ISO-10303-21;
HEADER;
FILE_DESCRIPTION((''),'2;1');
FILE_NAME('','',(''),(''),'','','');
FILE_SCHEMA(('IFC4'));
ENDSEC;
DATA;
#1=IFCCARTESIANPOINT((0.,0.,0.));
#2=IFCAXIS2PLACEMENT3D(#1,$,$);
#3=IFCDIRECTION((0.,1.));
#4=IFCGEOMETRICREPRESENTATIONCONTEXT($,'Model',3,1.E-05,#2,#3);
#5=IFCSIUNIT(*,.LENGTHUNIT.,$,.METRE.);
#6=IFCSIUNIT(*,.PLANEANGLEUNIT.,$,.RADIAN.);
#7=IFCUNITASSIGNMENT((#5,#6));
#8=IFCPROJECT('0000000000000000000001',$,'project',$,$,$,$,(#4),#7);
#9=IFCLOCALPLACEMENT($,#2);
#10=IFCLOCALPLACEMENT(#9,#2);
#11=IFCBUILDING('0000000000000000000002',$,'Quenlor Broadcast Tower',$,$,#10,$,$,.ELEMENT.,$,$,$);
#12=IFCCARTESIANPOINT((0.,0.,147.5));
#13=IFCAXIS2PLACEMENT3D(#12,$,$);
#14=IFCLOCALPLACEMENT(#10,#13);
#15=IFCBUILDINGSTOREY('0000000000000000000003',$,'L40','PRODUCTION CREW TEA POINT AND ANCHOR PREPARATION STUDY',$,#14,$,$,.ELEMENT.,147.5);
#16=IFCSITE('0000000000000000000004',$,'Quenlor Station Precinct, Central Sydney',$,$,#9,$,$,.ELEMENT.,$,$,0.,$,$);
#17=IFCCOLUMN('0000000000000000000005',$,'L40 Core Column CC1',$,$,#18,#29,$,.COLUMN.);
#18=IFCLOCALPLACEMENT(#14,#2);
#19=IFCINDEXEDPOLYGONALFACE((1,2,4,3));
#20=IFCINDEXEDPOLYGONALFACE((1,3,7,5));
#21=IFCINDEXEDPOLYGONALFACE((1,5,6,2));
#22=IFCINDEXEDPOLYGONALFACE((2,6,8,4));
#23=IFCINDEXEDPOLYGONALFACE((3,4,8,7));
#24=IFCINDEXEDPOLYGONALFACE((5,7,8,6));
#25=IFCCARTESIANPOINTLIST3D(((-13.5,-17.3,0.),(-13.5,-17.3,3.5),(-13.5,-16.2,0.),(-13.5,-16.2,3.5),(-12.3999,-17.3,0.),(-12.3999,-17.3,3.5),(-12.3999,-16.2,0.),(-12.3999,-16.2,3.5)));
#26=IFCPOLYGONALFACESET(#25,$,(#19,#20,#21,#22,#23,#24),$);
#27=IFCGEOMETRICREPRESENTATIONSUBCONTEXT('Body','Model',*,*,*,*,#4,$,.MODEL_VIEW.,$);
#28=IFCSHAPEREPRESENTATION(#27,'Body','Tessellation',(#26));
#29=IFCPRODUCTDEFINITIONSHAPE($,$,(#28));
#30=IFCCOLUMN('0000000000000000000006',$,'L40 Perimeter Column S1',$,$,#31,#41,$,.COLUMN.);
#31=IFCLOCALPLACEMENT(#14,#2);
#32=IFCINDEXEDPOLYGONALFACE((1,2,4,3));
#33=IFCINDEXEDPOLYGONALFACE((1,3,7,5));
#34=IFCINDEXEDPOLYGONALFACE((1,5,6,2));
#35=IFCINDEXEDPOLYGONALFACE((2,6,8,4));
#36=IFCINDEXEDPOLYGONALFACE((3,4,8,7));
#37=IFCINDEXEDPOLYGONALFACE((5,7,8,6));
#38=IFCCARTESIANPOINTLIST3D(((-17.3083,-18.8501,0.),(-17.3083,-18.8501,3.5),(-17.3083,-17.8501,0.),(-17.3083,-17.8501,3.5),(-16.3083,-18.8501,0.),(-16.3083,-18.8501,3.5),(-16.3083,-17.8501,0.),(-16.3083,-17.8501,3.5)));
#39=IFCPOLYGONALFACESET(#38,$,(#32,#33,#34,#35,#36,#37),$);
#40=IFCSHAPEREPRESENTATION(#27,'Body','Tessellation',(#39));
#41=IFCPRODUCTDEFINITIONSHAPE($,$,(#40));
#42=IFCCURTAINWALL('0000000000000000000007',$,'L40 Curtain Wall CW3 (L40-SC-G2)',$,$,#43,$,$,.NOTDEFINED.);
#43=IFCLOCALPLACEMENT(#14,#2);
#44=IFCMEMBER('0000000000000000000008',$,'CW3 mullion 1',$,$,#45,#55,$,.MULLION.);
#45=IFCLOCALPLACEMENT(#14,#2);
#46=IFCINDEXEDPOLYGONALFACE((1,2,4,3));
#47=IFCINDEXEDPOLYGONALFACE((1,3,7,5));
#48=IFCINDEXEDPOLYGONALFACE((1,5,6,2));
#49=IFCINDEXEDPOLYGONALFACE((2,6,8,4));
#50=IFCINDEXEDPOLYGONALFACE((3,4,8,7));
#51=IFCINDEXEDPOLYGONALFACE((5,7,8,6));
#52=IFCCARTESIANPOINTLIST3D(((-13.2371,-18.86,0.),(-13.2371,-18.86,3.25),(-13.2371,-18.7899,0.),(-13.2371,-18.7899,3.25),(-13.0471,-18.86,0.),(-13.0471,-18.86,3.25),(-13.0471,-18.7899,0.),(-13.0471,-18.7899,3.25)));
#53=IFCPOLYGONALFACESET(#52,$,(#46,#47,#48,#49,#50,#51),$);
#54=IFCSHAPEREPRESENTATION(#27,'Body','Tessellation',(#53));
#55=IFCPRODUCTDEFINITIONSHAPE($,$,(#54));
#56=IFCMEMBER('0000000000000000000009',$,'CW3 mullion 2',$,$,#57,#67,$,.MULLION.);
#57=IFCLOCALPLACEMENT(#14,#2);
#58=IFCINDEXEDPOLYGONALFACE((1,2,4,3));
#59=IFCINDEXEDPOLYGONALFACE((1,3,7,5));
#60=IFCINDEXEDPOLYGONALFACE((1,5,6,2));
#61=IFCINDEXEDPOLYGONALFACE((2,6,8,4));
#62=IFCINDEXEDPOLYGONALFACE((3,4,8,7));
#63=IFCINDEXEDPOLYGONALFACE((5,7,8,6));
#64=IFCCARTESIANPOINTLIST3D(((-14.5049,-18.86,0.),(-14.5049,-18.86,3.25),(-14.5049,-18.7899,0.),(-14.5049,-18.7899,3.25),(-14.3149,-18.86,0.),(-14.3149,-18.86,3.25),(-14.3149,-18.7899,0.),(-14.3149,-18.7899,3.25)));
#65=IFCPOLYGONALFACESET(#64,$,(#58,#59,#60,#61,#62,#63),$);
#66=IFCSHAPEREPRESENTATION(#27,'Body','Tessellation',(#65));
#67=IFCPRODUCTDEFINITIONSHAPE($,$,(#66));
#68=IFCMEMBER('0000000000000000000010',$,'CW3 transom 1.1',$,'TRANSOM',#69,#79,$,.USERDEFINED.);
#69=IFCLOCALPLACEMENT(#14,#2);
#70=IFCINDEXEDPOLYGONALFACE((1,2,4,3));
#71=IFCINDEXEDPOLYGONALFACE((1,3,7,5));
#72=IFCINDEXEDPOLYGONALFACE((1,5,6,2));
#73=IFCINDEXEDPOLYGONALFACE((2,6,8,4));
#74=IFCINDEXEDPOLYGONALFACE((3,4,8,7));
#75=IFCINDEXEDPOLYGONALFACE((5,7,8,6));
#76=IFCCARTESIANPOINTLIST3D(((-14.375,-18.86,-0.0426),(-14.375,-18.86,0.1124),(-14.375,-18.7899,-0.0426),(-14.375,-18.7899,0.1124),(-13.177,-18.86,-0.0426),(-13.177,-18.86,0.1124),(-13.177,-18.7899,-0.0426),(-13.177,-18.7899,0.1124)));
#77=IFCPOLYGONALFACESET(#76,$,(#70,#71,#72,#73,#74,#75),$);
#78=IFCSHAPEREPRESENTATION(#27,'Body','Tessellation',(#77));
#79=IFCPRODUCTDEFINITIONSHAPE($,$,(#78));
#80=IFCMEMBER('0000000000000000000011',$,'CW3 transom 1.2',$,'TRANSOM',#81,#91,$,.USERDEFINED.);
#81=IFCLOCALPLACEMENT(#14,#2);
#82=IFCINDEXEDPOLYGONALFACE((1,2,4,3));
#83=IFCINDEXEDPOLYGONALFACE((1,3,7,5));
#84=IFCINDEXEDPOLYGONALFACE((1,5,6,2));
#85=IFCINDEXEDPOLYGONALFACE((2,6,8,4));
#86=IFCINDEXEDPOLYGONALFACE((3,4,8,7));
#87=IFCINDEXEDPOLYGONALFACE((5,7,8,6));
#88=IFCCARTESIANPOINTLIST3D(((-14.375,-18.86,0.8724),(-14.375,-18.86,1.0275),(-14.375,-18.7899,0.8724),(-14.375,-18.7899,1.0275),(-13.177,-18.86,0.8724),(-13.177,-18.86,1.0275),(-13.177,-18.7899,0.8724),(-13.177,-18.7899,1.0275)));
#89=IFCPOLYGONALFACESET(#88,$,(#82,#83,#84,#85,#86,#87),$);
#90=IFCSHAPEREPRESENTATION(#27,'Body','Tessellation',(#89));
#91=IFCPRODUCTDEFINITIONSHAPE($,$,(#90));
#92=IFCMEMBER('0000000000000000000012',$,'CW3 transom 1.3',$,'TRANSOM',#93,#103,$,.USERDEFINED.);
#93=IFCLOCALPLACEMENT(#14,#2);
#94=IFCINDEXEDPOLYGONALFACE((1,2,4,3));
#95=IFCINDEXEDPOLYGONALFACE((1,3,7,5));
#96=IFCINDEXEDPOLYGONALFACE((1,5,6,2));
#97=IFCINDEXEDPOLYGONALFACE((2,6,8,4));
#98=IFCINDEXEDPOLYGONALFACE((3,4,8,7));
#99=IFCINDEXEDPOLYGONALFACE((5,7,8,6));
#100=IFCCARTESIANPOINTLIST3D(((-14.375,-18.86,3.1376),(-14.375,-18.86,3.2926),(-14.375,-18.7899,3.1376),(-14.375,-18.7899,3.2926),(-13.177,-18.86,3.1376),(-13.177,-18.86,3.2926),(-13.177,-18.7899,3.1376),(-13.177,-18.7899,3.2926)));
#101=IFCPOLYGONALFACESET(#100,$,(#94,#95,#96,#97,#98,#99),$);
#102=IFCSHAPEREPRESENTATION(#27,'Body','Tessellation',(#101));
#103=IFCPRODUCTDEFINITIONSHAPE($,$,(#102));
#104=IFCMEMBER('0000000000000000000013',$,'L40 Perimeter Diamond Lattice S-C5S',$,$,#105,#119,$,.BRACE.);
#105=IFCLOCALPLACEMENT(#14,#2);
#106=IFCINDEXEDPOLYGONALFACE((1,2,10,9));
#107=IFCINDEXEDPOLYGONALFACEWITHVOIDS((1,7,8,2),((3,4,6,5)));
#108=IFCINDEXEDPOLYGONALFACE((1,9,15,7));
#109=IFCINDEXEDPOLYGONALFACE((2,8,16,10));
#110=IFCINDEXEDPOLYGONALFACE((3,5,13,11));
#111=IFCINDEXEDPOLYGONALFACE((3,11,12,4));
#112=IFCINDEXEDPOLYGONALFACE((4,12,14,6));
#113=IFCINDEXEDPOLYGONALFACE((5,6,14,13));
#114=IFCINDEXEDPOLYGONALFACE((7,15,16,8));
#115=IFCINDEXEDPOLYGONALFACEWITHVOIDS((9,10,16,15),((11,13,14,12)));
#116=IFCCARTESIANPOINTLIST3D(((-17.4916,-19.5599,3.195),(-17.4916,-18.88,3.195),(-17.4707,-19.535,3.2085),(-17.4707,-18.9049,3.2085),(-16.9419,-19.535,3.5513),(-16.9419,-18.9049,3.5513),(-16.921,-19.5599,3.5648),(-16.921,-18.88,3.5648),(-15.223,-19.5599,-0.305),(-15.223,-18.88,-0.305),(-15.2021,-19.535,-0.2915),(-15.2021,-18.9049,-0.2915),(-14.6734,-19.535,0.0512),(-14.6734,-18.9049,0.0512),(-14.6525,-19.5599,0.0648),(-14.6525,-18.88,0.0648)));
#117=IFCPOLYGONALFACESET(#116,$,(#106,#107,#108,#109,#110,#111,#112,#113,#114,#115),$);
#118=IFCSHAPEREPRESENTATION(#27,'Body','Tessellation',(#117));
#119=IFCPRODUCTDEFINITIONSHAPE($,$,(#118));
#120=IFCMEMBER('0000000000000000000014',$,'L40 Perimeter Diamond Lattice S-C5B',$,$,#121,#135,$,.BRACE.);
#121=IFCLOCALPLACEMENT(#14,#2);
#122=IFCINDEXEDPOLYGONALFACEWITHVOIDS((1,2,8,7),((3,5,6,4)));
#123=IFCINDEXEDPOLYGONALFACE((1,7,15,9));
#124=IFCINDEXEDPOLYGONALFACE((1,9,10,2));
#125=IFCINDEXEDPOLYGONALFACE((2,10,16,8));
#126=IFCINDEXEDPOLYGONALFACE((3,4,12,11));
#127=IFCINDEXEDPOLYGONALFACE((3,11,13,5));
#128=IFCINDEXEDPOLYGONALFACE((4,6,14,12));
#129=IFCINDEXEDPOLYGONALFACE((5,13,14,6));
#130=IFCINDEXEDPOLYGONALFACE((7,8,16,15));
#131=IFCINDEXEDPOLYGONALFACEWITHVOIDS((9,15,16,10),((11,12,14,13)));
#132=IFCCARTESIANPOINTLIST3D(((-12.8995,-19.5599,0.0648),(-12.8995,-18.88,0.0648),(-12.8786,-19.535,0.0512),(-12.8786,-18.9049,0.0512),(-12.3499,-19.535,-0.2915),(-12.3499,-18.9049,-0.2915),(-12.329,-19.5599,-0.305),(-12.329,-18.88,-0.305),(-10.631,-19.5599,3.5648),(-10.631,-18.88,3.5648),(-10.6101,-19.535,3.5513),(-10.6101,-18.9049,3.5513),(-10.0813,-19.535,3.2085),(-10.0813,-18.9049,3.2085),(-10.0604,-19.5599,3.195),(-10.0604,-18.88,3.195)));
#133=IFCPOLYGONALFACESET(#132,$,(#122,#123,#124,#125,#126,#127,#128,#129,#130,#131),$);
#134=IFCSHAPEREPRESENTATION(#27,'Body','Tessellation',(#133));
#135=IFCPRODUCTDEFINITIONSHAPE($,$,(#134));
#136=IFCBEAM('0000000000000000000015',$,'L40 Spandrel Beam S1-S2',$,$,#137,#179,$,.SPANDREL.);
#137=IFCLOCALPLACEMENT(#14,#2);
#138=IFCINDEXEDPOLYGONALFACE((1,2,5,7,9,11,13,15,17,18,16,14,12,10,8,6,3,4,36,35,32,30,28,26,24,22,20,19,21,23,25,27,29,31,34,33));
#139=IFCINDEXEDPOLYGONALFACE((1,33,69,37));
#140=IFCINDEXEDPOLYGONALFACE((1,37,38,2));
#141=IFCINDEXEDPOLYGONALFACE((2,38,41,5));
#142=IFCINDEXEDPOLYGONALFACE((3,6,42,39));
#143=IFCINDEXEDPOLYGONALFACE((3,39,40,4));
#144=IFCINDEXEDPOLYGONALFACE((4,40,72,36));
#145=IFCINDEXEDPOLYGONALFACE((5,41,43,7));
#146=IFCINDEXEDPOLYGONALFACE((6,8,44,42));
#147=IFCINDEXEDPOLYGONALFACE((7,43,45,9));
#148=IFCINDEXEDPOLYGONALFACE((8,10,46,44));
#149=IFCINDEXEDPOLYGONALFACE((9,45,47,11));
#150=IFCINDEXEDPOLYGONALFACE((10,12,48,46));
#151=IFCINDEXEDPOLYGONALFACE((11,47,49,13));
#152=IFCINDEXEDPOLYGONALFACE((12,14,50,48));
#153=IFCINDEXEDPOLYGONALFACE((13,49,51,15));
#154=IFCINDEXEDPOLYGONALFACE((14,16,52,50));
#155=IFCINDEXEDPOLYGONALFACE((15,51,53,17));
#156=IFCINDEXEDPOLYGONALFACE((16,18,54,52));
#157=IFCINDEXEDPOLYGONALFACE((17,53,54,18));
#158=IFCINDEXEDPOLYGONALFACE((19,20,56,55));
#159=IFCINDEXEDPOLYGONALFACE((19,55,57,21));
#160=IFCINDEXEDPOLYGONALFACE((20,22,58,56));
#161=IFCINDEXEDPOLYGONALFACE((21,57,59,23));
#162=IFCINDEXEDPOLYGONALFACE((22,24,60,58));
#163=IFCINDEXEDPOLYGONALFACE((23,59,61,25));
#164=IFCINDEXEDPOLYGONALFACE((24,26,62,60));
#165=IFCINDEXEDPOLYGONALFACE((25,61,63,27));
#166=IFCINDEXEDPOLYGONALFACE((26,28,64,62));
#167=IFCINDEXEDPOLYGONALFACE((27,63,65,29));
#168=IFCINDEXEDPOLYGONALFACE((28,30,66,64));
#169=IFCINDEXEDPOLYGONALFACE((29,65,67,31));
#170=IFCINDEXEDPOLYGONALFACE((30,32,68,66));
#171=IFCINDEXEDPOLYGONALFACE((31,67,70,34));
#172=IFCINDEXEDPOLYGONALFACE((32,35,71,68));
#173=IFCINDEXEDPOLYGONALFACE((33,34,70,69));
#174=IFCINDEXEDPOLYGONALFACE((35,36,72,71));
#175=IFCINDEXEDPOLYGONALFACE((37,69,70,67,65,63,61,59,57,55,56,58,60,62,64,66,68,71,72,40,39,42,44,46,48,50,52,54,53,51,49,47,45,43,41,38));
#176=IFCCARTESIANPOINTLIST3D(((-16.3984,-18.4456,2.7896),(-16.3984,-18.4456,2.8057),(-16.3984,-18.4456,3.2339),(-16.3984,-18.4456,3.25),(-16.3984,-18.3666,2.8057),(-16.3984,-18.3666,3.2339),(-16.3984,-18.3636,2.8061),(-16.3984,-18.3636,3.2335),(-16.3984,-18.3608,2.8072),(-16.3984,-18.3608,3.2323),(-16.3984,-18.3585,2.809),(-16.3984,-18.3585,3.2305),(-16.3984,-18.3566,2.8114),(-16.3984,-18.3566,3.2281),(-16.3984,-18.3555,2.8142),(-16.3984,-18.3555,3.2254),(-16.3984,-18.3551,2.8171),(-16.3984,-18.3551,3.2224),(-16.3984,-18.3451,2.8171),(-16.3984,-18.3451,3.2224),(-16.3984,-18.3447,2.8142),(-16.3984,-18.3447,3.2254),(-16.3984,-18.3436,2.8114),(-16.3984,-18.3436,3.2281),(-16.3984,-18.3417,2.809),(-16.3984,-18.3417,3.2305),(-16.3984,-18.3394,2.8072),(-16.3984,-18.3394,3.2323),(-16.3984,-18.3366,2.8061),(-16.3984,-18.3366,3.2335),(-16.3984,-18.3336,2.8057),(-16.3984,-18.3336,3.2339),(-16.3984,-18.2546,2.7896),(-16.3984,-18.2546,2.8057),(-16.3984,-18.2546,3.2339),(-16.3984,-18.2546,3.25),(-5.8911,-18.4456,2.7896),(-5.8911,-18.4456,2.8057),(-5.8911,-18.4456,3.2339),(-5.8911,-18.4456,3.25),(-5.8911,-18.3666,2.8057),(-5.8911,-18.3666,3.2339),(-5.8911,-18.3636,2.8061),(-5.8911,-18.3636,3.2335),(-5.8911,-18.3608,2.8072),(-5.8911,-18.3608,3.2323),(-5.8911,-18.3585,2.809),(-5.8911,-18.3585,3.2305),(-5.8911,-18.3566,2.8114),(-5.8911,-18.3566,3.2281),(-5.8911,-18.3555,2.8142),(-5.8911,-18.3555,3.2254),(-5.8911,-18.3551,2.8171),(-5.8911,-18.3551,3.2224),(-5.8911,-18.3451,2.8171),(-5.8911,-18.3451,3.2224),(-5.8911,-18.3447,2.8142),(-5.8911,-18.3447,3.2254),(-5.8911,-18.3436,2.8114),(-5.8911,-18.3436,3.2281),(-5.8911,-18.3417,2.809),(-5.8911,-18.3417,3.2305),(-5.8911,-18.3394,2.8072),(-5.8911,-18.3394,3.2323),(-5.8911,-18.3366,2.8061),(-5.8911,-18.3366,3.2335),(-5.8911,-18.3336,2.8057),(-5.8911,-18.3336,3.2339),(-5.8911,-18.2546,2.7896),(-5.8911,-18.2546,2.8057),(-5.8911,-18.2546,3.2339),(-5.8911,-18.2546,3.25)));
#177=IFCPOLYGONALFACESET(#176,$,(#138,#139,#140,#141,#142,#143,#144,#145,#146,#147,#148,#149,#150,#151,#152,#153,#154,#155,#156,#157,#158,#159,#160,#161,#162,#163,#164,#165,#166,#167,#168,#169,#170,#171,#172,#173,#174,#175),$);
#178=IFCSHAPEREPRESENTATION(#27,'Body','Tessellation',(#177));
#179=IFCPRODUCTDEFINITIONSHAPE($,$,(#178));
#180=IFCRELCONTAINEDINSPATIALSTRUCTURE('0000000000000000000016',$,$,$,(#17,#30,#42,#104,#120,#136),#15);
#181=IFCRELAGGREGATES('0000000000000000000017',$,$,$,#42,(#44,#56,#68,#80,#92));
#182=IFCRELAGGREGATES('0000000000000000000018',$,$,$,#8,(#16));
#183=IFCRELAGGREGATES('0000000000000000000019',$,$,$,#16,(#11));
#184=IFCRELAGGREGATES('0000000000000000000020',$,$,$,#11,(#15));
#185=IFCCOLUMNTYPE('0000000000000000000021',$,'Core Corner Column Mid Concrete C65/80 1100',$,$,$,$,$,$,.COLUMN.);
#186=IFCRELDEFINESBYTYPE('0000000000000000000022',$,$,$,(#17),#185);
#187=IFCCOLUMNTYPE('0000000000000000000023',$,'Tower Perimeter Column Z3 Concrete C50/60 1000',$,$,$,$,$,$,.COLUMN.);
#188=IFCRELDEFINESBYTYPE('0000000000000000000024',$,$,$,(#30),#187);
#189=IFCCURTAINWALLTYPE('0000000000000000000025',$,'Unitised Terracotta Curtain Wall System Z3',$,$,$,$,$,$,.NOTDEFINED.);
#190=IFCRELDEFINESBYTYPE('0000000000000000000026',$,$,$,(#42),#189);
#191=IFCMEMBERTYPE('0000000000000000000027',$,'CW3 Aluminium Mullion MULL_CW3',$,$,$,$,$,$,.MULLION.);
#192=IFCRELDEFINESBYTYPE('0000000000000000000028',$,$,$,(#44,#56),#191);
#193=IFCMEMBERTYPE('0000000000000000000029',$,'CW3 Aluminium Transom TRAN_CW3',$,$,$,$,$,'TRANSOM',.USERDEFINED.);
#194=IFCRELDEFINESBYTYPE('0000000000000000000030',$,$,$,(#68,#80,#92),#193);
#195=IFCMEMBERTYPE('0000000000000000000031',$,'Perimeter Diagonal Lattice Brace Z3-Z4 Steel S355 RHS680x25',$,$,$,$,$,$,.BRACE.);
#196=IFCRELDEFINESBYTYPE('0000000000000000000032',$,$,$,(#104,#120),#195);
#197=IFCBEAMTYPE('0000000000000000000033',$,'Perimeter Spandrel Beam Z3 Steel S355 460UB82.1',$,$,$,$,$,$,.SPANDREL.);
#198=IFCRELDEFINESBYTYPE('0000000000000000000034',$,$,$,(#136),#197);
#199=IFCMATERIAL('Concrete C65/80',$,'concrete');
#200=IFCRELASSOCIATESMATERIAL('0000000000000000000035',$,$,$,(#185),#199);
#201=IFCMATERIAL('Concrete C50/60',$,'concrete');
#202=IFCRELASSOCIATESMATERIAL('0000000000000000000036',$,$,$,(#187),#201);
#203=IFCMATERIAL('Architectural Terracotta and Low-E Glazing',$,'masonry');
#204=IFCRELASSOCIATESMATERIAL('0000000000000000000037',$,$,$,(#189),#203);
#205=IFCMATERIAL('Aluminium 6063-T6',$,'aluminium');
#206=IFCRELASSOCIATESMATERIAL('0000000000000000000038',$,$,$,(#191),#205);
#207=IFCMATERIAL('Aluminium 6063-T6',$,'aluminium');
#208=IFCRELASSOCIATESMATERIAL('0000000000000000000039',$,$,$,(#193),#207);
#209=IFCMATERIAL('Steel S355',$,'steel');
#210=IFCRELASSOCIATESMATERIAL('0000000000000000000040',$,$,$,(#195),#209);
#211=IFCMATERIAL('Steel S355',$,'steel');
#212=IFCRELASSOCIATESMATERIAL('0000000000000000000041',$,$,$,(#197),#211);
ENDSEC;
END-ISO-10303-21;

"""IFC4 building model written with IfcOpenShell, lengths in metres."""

from ifc_helpers import new_model, si_unit, direction, frame, origin, origin_2d, place, context, subcontext, project, spatial, rectangle, hollow_rectangle, i_section, extrude, material, material_profile, profile_set, type_object, element, aggregate, save


model = new_model("IFC4")

# Units and contexts
model_context = context("Model", 3, precision=1e-05, world=origin(), true_north=direction((0.0, 1.0)))
body_context = subcontext(model_context, "Body", "Model", "MODEL_VIEW")
ifc_project = project(units=[si_unit("LENGTHUNIT", "METRE"), si_unit("PLANEANGLEUNIT", "RADIAN")], contexts=[model_context])

# Site, building, storey
site_placement = place(None, origin())
site = spatial("IfcSite", under=ifc_project, at=site_placement, Name="Quenlor Station Precinct, Central Sydney", CompositionType="ELEMENT", RefElevation=0.0)
building_placement = place(site_placement, origin())
building = spatial("IfcBuilding", under=site, at=building_placement, Name="Quenlor Broadcast Tower", CompositionType="ELEMENT")
storey_placement = place(building_placement, frame((0.0, 0.0, 147.5)))
storey = spatial("IfcBuildingStorey", under=building, at=storey_placement, Name="L40", Description="PRODUCTION CREW TEA POINT AND ANCHOR PREPARATION STUDY", CompositionType="ELEMENT", Elevation=147.5)

# Columns
ifc_material_1 = material(Name="Concrete C65/80", Category="concrete")
ifc_material_profile_1 = material_profile(ifc_material_1, rectangle(XDim=1.1001, YDim=1.1001, at=origin_2d()))
ifc_profile_set_1 = profile_set([ifc_material_profile_1], Name="Concrete C65/80 RC1100x1100")
column_type_1 = type_object("IfcColumnType", Name="Core Corner Column Mid Concrete C65/80 1100", PredefinedType="COLUMN", material=ifc_profile_set_1)
column_1_placement = place(storey_placement, frame((-12.95, -16.75, 0.0), z_axis=(0.0, 0.0, 1.0), x_axis=(1.0, 0.0, 0.0)))
element("IfcColumn", 1, at=column_1_placement, inside=storey, type_object=column_type_1, Name="L40 Core Column CC1", PredefinedType="COLUMN", context=body_context, shape_type="SweptSolid", body=[
    extrude(rectangle(XDim=1.1001, YDim=1.1001, at=origin_2d()), origin(), (0.0, 0.0, 1.0), 3.5),
])
ifc_material_2 = material(Name="Concrete C50/60", Category="concrete")
ifc_material_profile_2 = material_profile(ifc_material_2, rectangle(XDim=1.0, YDim=1.0, at=origin_2d()))
ifc_profile_set_2 = profile_set([ifc_material_profile_2], Name="Concrete C50/60 RC1000x1000")
column_type_2 = type_object("IfcColumnType", Name="Tower Perimeter Column Z3 Concrete C50/60 1000", PredefinedType="COLUMN", material=ifc_profile_set_2)
column_2_placement = place(storey_placement, frame((-16.8083, -18.3501, 0.0), z_axis=(0.0, 0.0, 1.0), x_axis=(0.0, 1.0, 0.0)))
element("IfcColumn", 2, at=column_2_placement, inside=storey, type_object=column_type_2, Name="L40 Perimeter Column S1", PredefinedType="COLUMN", context=body_context, shape_type="SweptSolid", body=[
    extrude(rectangle(XDim=1.0, YDim=1.0, at=origin_2d()), origin(), (0.0, 0.0, 1.0), 3.5),
])

# Curtain wall, members
ifc_material_3 = material(Name="Architectural Terracotta and Low-E Glazing", Category="masonry")
curtain_wall_type = type_object("IfcCurtainWallType", Name="Unitised Terracotta Curtain Wall System Z3", PredefinedType="NOTDEFINED", material=ifc_material_3)
curtain_wall_placement = place(storey_placement, origin())
curtain_wall = element("IfcCurtainWall", 3, at=curtain_wall_placement, inside=storey, type_object=curtain_wall_type, Name="L40 Curtain Wall CW3 (L40-SC-G2)", PredefinedType="NOTDEFINED")
ifc_material_4 = material(Name="Aluminium 6063-T6", Category="aluminium")
ifc_material_profile_3 = material_profile(ifc_material_4, rectangle(XDim=0.0701, YDim=0.1899, at=origin_2d()))
ifc_profile_set_3 = profile_set([ifc_material_profile_3], Name="Aluminium 6063-T6 MULL70x190")
member_type_1 = type_object("IfcMemberType", Name="CW3 Aluminium Mullion MULL_CW3", PredefinedType="MULLION", material=ifc_profile_set_3)
member_1_placement = place(storey_placement, frame((-13.1421, -18.825, 0.0), z_axis=(0.0, 0.0, 1.0), x_axis=(0.0, -1.0, 0.0)))
member_1 = element("IfcMember", 4, at=member_1_placement, type_object=member_type_1, Name="CW3 mullion 1", PredefinedType="MULLION", context=body_context, shape_type="SweptSolid", body=[
    extrude(rectangle(XDim=0.0701, YDim=0.1899, at=origin_2d()), origin(), (0.0, 0.0, 1.0), 3.25),
])
member_2_placement = place(storey_placement, frame((-14.4099, -18.825, 0.0), z_axis=(0.0, 0.0, 1.0), x_axis=(0.0, -1.0, 0.0)))
member_2 = element("IfcMember", 5, at=member_2_placement, type_object=member_type_1, Name="CW3 mullion 2", PredefinedType="MULLION", context=body_context, shape_type="SweptSolid", body=[
    extrude(rectangle(XDim=0.0701, YDim=0.1899, at=origin_2d()), origin(), (0.0, 0.0, 1.0), 3.25),
])
ifc_material_5 = material(Name="Aluminium 6063-T6", Category="aluminium")
ifc_material_profile_4 = material_profile(ifc_material_5, rectangle(XDim=0.0701, YDim=0.155, at=origin_2d()))
ifc_profile_set_4 = profile_set([ifc_material_profile_4], Name="Aluminium 6063-T6 TRAN70x155")
member_type_2 = type_object("IfcMemberType", Name="CW3 Aluminium Transom TRAN_CW3", ElementType="TRANSOM", PredefinedType="USERDEFINED", material=ifc_profile_set_4)
member_3_placement = place(storey_placement, frame((-13.177, -18.825, 0.0349), z_axis=(-1.0, 0.0, 0.0), x_axis=(0.0, -1.0, 0.0)))
member_3 = element("IfcMember", 6, at=member_3_placement, type_object=member_type_2, Name="CW3 transom 1.1", ObjectType="TRANSOM", PredefinedType="USERDEFINED", context=body_context, shape_type="SweptSolid", body=[
    extrude(rectangle(XDim=0.0701, YDim=0.155, at=origin_2d()), origin(), (0.0, 0.0, 1.0), 1.198),
])
member_4_placement = place(storey_placement, frame((-13.177, -18.825, 0.95), z_axis=(-1.0, 0.0, 0.0), x_axis=(0.0, -1.0, 0.0)))
member_4 = element("IfcMember", 7, at=member_4_placement, type_object=member_type_2, Name="CW3 transom 1.2", ObjectType="TRANSOM", PredefinedType="USERDEFINED", context=body_context, shape_type="SweptSolid", body=[
    extrude(rectangle(XDim=0.0701, YDim=0.155, at=origin_2d()), origin(), (0.0, 0.0, 1.0), 1.198),
])
member_5_placement = place(storey_placement, frame((-13.177, -18.825, 3.2151), z_axis=(-1.0, 0.0, 0.0), x_axis=(0.0, -1.0, 0.0)))
member_5 = element("IfcMember", 8, at=member_5_placement, type_object=member_type_2, Name="CW3 transom 1.3", ObjectType="TRANSOM", PredefinedType="USERDEFINED", context=body_context, shape_type="SweptSolid", body=[
    extrude(rectangle(XDim=0.0701, YDim=0.155, at=origin_2d()), origin(), (0.0, 0.0, 1.0), 1.198),
])

# Members
ifc_material_6 = material(Name="Steel S355", Category="steel")
ifc_material_profile_5 = material_profile(ifc_material_6, hollow_rectangle(XDim=0.6799, YDim=0.6799, WallThickness=0.0249, at=origin_2d()))
ifc_profile_set_5 = profile_set([ifc_material_profile_5], Name="Steel S355 RHS680x680x25")
member_type_3 = type_object("IfcMemberType", Name="Perimeter Diagonal Lattice Brace Z3-Z4 Steel S355 RHS680x25", PredefinedType="BRACE", material=ifc_profile_set_5)
for number, where, z_axis, x_axis, name in (
    (9, (-14.9377, -19.22, -0.1201), (-0.543902, 0.0, 0.839149), (0.0, -1.0, 0.0), "L40 Perimeter Diamond Lattice S-C5S"),
    (10, (-12.6143, -19.22, -0.1201), (0.543902, 0.0, 0.839149), (0.0, 1.0, 0.0), "L40 Perimeter Diamond Lattice S-C5B"),
):
    element("IfcMember", number, at=place(storey_placement, frame(where, z_axis=z_axis, x_axis=x_axis)), inside=storey, type_object=member_type_3, Name=name, PredefinedType="BRACE", context=body_context, shape_type="SweptSolid", body=[
        extrude(hollow_rectangle(XDim=0.6799, YDim=0.6799, WallThickness=0.0249, at=origin_2d()), origin(), (0.0, 0.0, 1.0), 4.1709),
    ])

# Beam
ifc_material_7 = material(Name="Steel S355", Category="steel")
ifc_material_profile_6 = material_profile(ifc_material_7, i_section(OverallWidth=0.1909, OverallDepth=0.4604, WebThickness=0.01, FlangeThickness=0.0161, FilletRadius=0.0115, at=origin_2d()))
ifc_profile_set_6 = profile_set([ifc_material_profile_6], Name="Steel S355 460UB82.1")
beam_type_1 = type_object("IfcBeamType", Name="Perimeter Spandrel Beam Z3 Steel S355 460UB82.1", PredefinedType="SPANDREL", material=ifc_profile_set_6)
beam_1_placement = place(storey_placement, frame((-16.3984, -18.3501, 3.0198), z_axis=(1.0, 0.0, 0.0), x_axis=(0.0, 1.0, 0.0)))
element("IfcBeam", 11, at=beam_1_placement, inside=storey, type_object=beam_type_1, Name="L40 Spandrel Beam S1-S2", PredefinedType="SPANDREL", context=body_context, shape_type="SweptSolid", body=[
    extrude(i_section(OverallWidth=0.1909, OverallDepth=0.4604, WebThickness=0.01, FlangeThickness=0.0161, FilletRadius=0.0115, at=origin_2d()), origin(), (0.0, 0.0, 1.0), 10.5073),
])

aggregate(curtain_wall, [member_1, member_2, member_3, member_4, member_5])

save(model, "model.ifc")
